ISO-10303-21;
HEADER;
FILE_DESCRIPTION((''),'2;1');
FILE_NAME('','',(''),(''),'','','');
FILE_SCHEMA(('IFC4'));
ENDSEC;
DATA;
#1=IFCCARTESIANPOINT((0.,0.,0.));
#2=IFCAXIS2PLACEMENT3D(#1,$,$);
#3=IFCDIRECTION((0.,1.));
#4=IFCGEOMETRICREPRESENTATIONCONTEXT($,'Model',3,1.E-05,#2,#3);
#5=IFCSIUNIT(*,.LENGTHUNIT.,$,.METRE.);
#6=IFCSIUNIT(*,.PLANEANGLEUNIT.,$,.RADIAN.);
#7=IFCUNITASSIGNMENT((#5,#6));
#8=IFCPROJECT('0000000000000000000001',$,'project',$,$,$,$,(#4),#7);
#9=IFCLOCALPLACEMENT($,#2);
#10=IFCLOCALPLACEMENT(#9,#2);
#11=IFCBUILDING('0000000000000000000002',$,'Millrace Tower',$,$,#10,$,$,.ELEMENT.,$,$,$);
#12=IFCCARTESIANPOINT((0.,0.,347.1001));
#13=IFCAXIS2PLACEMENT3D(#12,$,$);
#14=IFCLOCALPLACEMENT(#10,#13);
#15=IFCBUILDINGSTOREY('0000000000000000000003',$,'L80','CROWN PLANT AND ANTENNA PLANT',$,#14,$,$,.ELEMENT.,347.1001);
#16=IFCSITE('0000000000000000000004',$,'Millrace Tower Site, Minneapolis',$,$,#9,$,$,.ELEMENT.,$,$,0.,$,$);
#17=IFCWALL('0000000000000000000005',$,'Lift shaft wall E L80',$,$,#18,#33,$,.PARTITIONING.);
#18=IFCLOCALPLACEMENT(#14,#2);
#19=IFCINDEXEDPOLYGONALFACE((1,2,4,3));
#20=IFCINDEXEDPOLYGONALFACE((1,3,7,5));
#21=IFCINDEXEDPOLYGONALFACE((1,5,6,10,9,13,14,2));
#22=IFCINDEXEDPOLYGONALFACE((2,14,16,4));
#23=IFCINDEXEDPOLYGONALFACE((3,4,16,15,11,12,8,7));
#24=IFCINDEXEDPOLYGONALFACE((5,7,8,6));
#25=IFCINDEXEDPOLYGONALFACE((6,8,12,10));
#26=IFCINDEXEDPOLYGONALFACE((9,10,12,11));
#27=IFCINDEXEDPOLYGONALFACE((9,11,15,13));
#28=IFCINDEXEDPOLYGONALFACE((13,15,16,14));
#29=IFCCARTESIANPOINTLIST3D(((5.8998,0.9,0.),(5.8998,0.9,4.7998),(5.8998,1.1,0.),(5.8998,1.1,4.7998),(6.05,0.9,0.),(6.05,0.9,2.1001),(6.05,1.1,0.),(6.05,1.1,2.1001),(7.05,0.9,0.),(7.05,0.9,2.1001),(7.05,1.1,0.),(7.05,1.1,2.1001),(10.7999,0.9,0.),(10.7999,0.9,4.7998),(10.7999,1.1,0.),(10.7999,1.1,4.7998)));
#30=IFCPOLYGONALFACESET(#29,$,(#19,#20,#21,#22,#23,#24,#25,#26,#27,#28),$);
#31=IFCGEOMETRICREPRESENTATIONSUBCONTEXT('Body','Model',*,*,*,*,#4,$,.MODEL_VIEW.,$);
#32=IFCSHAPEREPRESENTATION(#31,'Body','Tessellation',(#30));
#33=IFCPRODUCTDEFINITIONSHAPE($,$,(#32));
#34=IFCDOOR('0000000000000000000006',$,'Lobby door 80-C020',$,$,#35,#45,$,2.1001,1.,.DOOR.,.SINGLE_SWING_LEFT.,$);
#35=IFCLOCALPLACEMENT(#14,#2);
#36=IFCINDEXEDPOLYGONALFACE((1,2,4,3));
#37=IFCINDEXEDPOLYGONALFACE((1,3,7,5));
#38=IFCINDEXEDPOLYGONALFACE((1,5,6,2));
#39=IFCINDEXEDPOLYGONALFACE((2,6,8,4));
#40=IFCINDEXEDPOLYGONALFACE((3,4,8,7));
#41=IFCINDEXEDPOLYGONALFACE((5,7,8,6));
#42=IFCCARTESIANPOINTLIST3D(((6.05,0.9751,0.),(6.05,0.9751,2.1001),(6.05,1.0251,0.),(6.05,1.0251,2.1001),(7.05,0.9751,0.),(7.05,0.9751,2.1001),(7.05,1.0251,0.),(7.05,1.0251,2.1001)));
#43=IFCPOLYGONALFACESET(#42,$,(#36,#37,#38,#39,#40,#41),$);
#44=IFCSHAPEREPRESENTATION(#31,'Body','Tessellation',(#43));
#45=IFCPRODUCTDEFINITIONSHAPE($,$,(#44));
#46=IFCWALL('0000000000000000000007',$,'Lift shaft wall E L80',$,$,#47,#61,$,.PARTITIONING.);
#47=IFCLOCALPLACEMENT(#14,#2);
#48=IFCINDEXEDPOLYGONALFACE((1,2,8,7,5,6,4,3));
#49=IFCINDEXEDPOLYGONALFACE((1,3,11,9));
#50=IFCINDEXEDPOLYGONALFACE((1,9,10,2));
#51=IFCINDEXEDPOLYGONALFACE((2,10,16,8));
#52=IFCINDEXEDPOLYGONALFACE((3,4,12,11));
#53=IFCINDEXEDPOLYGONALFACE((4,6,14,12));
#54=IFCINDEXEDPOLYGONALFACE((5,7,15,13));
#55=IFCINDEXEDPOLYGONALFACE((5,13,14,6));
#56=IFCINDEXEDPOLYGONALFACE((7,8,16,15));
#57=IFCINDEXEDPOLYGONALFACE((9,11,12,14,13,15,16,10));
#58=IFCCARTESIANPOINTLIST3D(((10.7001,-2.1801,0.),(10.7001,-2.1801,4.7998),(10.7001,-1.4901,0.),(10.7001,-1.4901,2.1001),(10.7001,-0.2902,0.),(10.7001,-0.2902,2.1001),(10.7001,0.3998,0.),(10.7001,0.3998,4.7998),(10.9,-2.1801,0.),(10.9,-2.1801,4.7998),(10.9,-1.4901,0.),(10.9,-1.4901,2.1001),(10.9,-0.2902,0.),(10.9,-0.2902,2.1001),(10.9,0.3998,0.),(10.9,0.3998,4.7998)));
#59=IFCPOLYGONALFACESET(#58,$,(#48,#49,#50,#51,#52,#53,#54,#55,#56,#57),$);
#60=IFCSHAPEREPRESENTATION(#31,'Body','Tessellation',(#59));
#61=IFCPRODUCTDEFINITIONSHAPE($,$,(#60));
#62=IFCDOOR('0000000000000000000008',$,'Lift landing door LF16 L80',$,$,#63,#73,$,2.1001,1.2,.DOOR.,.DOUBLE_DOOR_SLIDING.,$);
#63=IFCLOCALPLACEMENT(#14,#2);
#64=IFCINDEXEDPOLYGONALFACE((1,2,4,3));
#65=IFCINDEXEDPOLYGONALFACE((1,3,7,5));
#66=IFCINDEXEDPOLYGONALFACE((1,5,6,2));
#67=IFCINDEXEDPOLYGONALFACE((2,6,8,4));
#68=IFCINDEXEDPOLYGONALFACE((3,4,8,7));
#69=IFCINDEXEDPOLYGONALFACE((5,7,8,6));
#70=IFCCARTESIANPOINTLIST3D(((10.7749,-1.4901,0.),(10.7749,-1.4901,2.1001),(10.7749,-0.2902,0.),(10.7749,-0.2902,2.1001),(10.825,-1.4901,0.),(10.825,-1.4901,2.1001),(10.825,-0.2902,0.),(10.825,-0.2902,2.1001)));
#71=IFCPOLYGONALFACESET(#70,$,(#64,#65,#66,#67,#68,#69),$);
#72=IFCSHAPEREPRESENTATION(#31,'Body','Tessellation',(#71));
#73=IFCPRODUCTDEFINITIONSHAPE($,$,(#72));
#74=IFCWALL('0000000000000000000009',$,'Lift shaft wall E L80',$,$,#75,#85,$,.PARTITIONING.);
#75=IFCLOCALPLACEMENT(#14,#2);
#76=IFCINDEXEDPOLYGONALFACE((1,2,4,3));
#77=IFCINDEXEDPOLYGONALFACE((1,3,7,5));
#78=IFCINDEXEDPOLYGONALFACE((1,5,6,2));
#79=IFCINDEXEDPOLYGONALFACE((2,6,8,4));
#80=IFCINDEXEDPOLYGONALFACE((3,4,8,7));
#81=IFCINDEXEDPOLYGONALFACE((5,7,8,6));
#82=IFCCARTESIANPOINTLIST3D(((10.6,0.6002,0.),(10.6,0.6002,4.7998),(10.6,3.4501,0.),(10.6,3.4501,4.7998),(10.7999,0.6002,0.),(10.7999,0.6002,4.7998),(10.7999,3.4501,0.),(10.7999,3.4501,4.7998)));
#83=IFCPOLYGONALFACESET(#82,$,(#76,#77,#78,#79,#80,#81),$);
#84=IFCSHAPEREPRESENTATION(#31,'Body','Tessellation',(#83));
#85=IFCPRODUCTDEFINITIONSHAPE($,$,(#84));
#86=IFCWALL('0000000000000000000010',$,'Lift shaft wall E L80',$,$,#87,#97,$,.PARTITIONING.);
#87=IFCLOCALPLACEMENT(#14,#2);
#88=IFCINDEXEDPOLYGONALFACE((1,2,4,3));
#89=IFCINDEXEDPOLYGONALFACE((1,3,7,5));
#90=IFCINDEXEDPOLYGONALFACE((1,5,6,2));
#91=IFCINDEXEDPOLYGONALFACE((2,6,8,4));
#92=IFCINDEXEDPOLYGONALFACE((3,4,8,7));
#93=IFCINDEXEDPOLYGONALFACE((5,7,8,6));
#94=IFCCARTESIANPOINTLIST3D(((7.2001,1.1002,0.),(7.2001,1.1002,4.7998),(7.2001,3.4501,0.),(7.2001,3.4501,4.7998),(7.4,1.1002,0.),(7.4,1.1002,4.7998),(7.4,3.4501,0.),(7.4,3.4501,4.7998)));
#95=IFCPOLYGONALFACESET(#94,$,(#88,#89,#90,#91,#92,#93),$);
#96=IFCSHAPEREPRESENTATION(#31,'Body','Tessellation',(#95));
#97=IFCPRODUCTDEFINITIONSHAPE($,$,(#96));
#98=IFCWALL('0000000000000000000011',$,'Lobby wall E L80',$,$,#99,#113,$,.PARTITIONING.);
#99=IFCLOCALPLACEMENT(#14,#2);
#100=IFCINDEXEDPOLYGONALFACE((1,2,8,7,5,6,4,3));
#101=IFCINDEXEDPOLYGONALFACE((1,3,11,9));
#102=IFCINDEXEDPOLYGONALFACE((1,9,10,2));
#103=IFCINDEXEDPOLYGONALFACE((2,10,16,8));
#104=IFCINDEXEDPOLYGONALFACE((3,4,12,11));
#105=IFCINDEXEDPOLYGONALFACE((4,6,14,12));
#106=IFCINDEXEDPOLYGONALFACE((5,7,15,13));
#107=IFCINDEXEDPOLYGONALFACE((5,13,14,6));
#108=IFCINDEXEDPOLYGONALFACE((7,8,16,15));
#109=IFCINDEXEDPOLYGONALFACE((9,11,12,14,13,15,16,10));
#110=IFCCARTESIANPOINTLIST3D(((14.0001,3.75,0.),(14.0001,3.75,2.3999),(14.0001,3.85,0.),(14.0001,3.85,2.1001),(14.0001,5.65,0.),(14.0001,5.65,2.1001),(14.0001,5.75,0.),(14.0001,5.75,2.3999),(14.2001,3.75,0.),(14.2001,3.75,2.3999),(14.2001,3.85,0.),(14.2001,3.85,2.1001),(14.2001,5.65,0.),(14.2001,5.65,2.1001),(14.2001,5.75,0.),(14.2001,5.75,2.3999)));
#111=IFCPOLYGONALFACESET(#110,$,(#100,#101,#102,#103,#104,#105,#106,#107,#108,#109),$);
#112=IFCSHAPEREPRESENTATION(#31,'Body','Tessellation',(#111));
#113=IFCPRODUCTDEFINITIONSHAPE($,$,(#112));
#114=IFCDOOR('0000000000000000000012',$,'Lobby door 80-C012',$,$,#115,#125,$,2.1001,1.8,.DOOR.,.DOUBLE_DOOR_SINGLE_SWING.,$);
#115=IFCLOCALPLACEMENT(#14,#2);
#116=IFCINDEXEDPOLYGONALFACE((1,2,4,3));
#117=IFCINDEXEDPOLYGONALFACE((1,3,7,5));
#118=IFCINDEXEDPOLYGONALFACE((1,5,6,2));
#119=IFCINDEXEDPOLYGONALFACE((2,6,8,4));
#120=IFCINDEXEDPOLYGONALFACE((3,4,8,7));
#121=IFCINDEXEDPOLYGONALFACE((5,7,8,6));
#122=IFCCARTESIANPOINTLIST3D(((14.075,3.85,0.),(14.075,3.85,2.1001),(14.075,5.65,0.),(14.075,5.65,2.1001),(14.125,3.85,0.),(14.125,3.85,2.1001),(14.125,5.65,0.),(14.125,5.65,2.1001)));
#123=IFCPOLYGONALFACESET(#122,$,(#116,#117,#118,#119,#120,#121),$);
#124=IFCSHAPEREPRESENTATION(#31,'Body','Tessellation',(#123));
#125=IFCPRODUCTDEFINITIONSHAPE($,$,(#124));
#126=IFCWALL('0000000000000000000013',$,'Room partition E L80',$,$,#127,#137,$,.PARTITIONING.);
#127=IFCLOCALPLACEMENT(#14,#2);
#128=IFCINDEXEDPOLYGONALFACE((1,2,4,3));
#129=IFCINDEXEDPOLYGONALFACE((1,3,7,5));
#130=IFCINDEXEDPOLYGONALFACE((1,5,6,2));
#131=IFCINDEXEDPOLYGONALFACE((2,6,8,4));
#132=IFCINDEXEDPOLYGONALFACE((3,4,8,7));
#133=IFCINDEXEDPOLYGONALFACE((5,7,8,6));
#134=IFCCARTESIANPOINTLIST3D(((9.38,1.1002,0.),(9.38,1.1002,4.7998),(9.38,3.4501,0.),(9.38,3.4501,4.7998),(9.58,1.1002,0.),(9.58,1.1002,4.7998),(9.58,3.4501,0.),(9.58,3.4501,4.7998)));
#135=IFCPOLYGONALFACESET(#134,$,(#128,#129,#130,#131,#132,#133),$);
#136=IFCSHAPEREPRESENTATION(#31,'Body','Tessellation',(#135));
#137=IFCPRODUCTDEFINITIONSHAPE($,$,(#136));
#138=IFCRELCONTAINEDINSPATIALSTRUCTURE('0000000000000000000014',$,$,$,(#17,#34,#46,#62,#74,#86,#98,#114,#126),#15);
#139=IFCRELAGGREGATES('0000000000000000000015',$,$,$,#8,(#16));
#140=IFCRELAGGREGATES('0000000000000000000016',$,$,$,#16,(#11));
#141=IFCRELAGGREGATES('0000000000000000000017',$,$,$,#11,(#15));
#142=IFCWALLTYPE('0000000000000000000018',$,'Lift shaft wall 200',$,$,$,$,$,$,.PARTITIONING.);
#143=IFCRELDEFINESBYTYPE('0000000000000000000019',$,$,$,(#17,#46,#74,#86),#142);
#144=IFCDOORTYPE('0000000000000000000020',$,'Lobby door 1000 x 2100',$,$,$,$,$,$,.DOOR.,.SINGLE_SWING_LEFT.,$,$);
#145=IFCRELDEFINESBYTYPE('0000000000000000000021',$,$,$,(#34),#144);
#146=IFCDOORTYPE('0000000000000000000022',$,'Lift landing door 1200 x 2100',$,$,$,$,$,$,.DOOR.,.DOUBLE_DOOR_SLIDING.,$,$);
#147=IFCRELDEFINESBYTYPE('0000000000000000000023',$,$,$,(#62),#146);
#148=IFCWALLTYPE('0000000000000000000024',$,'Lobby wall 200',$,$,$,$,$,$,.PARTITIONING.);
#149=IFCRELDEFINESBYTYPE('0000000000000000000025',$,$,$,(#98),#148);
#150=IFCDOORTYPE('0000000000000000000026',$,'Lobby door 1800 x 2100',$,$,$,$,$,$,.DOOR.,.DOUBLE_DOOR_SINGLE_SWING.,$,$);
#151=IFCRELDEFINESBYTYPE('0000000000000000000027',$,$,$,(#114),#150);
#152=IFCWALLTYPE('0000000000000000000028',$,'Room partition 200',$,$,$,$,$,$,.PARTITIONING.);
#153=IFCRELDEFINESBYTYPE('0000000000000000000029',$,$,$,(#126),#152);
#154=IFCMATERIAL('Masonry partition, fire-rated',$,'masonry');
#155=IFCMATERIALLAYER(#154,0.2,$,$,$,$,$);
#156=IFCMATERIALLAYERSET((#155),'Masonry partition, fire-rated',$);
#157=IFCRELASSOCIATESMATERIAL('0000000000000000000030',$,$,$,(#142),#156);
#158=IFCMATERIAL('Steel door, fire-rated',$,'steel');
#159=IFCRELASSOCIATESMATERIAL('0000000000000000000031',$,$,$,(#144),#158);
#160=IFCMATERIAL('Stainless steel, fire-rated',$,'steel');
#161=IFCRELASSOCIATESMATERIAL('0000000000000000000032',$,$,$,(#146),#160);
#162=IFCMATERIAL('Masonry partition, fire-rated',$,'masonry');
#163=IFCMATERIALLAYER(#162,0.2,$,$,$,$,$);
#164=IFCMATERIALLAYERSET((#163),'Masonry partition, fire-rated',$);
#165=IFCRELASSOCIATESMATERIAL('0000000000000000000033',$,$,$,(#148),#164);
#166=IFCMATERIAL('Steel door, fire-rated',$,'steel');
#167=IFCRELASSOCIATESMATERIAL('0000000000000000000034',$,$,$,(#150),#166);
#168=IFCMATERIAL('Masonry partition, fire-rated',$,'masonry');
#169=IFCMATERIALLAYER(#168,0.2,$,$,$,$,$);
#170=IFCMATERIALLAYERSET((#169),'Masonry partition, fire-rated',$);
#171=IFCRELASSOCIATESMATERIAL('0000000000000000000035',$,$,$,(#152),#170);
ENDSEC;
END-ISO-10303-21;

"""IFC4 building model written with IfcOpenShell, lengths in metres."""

from ifc_helpers import new_model, si_unit, direction, frame, frame_2d, origin, place, context, subcontext, project, spatial, rectangle, extrude, material, layer, layer_set, type_object, element, fill, save


model = new_model("IFC4")

# Units and contexts
model_context = context("Model", 3, precision=1e-05, world=origin(), true_north=direction((0.0, 1.0)))
body_context = subcontext(model_context, "Body", "Model", "MODEL_VIEW")
ifc_project = project(units=[si_unit("LENGTHUNIT", "METRE"), si_unit("PLANEANGLEUNIT", "RADIAN")], contexts=[model_context])

# Site, building, storey
site_placement = place(None, origin())
site = spatial("IfcSite", under=ifc_project, at=site_placement, Name="Millrace Tower Site, Minneapolis", CompositionType="ELEMENT", RefElevation=0.0)
building_placement = place(site_placement, origin())
building = spatial("IfcBuilding", under=site, at=building_placement, Name="Millrace Tower", CompositionType="ELEMENT")
storey_placement = place(building_placement, frame((0.0, 0.0, 347.1001)))
storey = spatial("IfcBuildingStorey", under=building, at=storey_placement, Name="L80", Description="CROWN PLANT AND ANTENNA PLANT", CompositionType="ELEMENT", Elevation=347.1001)

# Shared definitions
ifc_material_1 = material(Name="Masonry partition, fire-rated", Category="masonry")
ifc_layer_1 = layer(ifc_material_1, 0.2)
ifc_layer_set_1 = layer_set([ifc_layer_1], Name="Masonry partition, fire-rated")
wall_type_1 = type_object("IfcWallType", Name="Lift shaft wall 200", PredefinedType="PARTITIONING", material=ifc_layer_set_1)
ifc_material_2 = material(Name="Steel door, fire-rated", Category="steel")
door_type_1 = type_object("IfcDoorType", Name="Lobby door 1000 x 2100", OperationType="SINGLE_SWING_LEFT", PredefinedType="DOOR", material=ifc_material_2)

# Walls, openings, doors
wall_1_placement = place(storey_placement, frame((10.8, 1.0, 0.0), z_axis=(0.0, 0.0, 1.0), x_axis=(-1.0, 0.0, 0.0)))
wall_1 = element("IfcWall", 1, at=wall_1_placement, inside=storey, type_object=wall_type_1, Name="Lift shaft wall E L80", PredefinedType="PARTITIONING", context=body_context, shape_type="SweptSolid", body=[
    extrude(rectangle(XDim=4.9001, YDim=0.2, at=frame_2d((2.4502, 0.0))), origin(), (0.0, 0.0, 1.0), 4.7998),
])
opening_1_placement = place(wall_1_placement, frame((3.75, 0.0, 0.0)))
opening_1 = element("IfcOpeningElement", 2, at=opening_1_placement, cuts=wall_1, PredefinedType="OPENING", context=body_context, shape_type="SweptSolid", body=[
    extrude(rectangle(XDim=1.0, YDim=2.1001, at=frame_2d((0.5, 1.05))), frame((0.0, 0.1099, 0.0), z_axis=(0.0, -1.0, 0.0), x_axis=(1.0, 0.0, 0.0)), (0.0, 0.0, 1.0), 0.22),
])
door_1_placement = place(opening_1_placement, origin())
door_1 = element("IfcDoor", 3, at=door_1_placement, inside=storey, type_object=door_type_1, Name="Lobby door 80-C020", OperationType="SINGLE_SWING_LEFT", OverallHeight=2.1001, OverallWidth=1.0, PredefinedType="DOOR", context=body_context, shape_type="SweptSolid", body=[
    extrude(rectangle(XDim=1.0, YDim=2.1001, at=frame_2d((0.5, 1.05))), frame((0.0, 0.0249, 0.0), z_axis=(0.0, -1.0, 0.0), x_axis=(1.0, 0.0, 0.0)), (0.0, 0.0, 1.0), 0.05),
])
fill(opening_1, door_1)
wall_2_placement = place(storey_placement, frame((10.8, 0.3999, 0.0), z_axis=(0.0, 0.0, 1.0), x_axis=(0.0, -1.0, 0.0)))
wall_2 = element("IfcWall", 4, at=wall_2_placement, inside=storey, type_object=wall_type_1, Name="Lift shaft wall E L80", PredefinedType="PARTITIONING", context=body_context, shape_type="SweptSolid", body=[
    extrude(rectangle(XDim=2.5798, YDim=0.2, at=frame_2d((1.29, 0.0))), origin(), (0.0, 0.0, 1.0), 4.7998),
])
opening_2_placement = place(wall_2_placement, frame((0.6899, 0.0, 0.0)))
opening_2 = element("IfcOpeningElement", 5, at=opening_2_placement, cuts=wall_2, PredefinedType="OPENING", context=body_context, shape_type="SweptSolid", body=[
    extrude(rectangle(XDim=1.2, YDim=2.1001, at=frame_2d((0.6001, 1.05))), frame((0.0, 0.1099, 0.0), z_axis=(0.0, -1.0, 0.0), x_axis=(1.0, 0.0, 0.0)), (0.0, 0.0, 1.0), 0.22),
])
ifc_material_3 = material(Name="Stainless steel, fire-rated", Category="steel")
door_type_2 = type_object("IfcDoorType", Name="Lift landing door 1200 x 2100", OperationType="DOUBLE_DOOR_SLIDING", PredefinedType="DOOR", material=ifc_material_3)
door_2_placement = place(opening_2_placement, origin())
door_2 = element("IfcDoor", 6, at=door_2_placement, inside=storey, type_object=door_type_2, Name="Lift landing door LF16 L80", OperationType="DOUBLE_DOOR_SLIDING", OverallHeight=2.1001, OverallWidth=1.2, PredefinedType="DOOR", context=body_context, shape_type="SweptSolid", body=[
    extrude(rectangle(XDim=1.2, YDim=2.1001, at=frame_2d((0.6001, 1.05))), frame((0.0, 0.0249, 0.0), z_axis=(0.0, -1.0, 0.0), x_axis=(1.0, 0.0, 0.0)), (0.0, 0.0, 1.0), 0.05),
])
fill(opening_2, door_2)

# Walls
wall_3_placement = place(storey_placement, frame((10.7, 3.45, 0.0), z_axis=(0.0, 0.0, 1.0), x_axis=(0.0, -1.0, 0.0)))
element("IfcWall", 7, at=wall_3_placement, inside=storey, type_object=wall_type_1, Name="Lift shaft wall E L80", PredefinedType="PARTITIONING", context=body_context, shape_type="SweptSolid", body=[
    extrude(rectangle(XDim=2.8499, YDim=0.2, at=frame_2d((1.4248, 0.0))), origin(), (0.0, 0.0, 1.0), 4.7998),
])
wall_4_placement = place(storey_placement, frame((7.3, 3.45, 0.0), z_axis=(0.0, 0.0, 1.0), x_axis=(0.0, -1.0, 0.0)))
element("IfcWall", 8, at=wall_4_placement, inside=storey, type_object=wall_type_1, Name="Lift shaft wall E L80", PredefinedType="PARTITIONING", context=body_context, shape_type="SweptSolid", body=[
    extrude(rectangle(XDim=2.3499, YDim=0.2, at=frame_2d((1.1748, 0.0))), origin(), (0.0, 0.0, 1.0), 4.7998),
])

# Wall, opening, door
ifc_material_4 = material(Name="Masonry partition, fire-rated", Category="masonry")
ifc_layer_2 = layer(ifc_material_4, 0.2)
ifc_layer_set_2 = layer_set([ifc_layer_2], Name="Masonry partition, fire-rated")
wall_type_2 = type_object("IfcWallType", Name="Lobby wall 200", PredefinedType="PARTITIONING", material=ifc_layer_set_2)
wall_5_placement = place(storey_placement, frame((14.1001, 5.75, 0.0), z_axis=(0.0, 0.0, 1.0), x_axis=(0.0, -1.0, 0.0)))
wall_5 = element("IfcWall", 9, at=wall_5_placement, inside=storey, type_object=wall_type_2, Name="Lobby wall E L80", PredefinedType="PARTITIONING", context=body_context, shape_type="SweptSolid", body=[
    extrude(rectangle(XDim=2.0, YDim=0.2, at=frame_2d((1.0, 0.0))), origin(), (0.0, 0.0, 1.0), 2.3999),
])
opening_3_placement = place(wall_5_placement, frame((0.1001, 0.0, 0.0)))
opening_3 = element("IfcOpeningElement", 10, at=opening_3_placement, cuts=wall_5, PredefinedType="OPENING", context=body_context, shape_type="SweptSolid", body=[
    extrude(rectangle(XDim=1.8, YDim=2.1001, at=frame_2d((0.8999, 1.05))), frame((0.0, 0.1099, 0.0), z_axis=(0.0, -1.0, 0.0), x_axis=(1.0, 0.0, 0.0)), (0.0, 0.0, 1.0), 0.22),
])
ifc_material_5 = material(Name="Steel door, fire-rated", Category="steel")
door_type_3 = type_object("IfcDoorType", Name="Lobby door 1800 x 2100", OperationType="DOUBLE_DOOR_SINGLE_SWING", PredefinedType="DOOR", material=ifc_material_5)
door_3_placement = place(opening_3_placement, origin())
door_3 = element("IfcDoor", 11, at=door_3_placement, inside=storey, type_object=door_type_3, Name="Lobby door 80-C012", OperationType="DOUBLE_DOOR_SINGLE_SWING", OverallHeight=2.1001, OverallWidth=1.8, PredefinedType="DOOR", context=body_context, shape_type="SweptSolid", body=[
    extrude(rectangle(XDim=1.8, YDim=2.1001, at=frame_2d((0.8999, 1.05))), frame((0.0, 0.0249, 0.0), z_axis=(0.0, -1.0, 0.0), x_axis=(1.0, 0.0, 0.0)), (0.0, 0.0, 1.0), 0.05),
])
fill(opening_3, door_3)

# Wall
ifc_material_6 = material(Name="Masonry partition, fire-rated", Category="masonry")
ifc_layer_3 = layer(ifc_material_6, 0.2)
ifc_layer_set_3 = layer_set([ifc_layer_3], Name="Masonry partition, fire-rated")
wall_type_3 = type_object("IfcWallType", Name="Room partition 200", PredefinedType="PARTITIONING", material=ifc_layer_set_3)
wall_6_placement = place(storey_placement, frame((9.48, 3.45, 0.0), z_axis=(0.0, 0.0, 1.0), x_axis=(0.0, -1.0, 0.0)))
element("IfcWall", 12, at=wall_6_placement, inside=storey, type_object=wall_type_3, Name="Room partition E L80", PredefinedType="PARTITIONING", context=body_context, shape_type="SweptSolid", body=[
    extrude(rectangle(XDim=2.3499, YDim=0.2, at=frame_2d((1.1748, 0.0))), origin(), (0.0, 0.0, 1.0), 4.7998),
])

save(model, "model.ifc")
